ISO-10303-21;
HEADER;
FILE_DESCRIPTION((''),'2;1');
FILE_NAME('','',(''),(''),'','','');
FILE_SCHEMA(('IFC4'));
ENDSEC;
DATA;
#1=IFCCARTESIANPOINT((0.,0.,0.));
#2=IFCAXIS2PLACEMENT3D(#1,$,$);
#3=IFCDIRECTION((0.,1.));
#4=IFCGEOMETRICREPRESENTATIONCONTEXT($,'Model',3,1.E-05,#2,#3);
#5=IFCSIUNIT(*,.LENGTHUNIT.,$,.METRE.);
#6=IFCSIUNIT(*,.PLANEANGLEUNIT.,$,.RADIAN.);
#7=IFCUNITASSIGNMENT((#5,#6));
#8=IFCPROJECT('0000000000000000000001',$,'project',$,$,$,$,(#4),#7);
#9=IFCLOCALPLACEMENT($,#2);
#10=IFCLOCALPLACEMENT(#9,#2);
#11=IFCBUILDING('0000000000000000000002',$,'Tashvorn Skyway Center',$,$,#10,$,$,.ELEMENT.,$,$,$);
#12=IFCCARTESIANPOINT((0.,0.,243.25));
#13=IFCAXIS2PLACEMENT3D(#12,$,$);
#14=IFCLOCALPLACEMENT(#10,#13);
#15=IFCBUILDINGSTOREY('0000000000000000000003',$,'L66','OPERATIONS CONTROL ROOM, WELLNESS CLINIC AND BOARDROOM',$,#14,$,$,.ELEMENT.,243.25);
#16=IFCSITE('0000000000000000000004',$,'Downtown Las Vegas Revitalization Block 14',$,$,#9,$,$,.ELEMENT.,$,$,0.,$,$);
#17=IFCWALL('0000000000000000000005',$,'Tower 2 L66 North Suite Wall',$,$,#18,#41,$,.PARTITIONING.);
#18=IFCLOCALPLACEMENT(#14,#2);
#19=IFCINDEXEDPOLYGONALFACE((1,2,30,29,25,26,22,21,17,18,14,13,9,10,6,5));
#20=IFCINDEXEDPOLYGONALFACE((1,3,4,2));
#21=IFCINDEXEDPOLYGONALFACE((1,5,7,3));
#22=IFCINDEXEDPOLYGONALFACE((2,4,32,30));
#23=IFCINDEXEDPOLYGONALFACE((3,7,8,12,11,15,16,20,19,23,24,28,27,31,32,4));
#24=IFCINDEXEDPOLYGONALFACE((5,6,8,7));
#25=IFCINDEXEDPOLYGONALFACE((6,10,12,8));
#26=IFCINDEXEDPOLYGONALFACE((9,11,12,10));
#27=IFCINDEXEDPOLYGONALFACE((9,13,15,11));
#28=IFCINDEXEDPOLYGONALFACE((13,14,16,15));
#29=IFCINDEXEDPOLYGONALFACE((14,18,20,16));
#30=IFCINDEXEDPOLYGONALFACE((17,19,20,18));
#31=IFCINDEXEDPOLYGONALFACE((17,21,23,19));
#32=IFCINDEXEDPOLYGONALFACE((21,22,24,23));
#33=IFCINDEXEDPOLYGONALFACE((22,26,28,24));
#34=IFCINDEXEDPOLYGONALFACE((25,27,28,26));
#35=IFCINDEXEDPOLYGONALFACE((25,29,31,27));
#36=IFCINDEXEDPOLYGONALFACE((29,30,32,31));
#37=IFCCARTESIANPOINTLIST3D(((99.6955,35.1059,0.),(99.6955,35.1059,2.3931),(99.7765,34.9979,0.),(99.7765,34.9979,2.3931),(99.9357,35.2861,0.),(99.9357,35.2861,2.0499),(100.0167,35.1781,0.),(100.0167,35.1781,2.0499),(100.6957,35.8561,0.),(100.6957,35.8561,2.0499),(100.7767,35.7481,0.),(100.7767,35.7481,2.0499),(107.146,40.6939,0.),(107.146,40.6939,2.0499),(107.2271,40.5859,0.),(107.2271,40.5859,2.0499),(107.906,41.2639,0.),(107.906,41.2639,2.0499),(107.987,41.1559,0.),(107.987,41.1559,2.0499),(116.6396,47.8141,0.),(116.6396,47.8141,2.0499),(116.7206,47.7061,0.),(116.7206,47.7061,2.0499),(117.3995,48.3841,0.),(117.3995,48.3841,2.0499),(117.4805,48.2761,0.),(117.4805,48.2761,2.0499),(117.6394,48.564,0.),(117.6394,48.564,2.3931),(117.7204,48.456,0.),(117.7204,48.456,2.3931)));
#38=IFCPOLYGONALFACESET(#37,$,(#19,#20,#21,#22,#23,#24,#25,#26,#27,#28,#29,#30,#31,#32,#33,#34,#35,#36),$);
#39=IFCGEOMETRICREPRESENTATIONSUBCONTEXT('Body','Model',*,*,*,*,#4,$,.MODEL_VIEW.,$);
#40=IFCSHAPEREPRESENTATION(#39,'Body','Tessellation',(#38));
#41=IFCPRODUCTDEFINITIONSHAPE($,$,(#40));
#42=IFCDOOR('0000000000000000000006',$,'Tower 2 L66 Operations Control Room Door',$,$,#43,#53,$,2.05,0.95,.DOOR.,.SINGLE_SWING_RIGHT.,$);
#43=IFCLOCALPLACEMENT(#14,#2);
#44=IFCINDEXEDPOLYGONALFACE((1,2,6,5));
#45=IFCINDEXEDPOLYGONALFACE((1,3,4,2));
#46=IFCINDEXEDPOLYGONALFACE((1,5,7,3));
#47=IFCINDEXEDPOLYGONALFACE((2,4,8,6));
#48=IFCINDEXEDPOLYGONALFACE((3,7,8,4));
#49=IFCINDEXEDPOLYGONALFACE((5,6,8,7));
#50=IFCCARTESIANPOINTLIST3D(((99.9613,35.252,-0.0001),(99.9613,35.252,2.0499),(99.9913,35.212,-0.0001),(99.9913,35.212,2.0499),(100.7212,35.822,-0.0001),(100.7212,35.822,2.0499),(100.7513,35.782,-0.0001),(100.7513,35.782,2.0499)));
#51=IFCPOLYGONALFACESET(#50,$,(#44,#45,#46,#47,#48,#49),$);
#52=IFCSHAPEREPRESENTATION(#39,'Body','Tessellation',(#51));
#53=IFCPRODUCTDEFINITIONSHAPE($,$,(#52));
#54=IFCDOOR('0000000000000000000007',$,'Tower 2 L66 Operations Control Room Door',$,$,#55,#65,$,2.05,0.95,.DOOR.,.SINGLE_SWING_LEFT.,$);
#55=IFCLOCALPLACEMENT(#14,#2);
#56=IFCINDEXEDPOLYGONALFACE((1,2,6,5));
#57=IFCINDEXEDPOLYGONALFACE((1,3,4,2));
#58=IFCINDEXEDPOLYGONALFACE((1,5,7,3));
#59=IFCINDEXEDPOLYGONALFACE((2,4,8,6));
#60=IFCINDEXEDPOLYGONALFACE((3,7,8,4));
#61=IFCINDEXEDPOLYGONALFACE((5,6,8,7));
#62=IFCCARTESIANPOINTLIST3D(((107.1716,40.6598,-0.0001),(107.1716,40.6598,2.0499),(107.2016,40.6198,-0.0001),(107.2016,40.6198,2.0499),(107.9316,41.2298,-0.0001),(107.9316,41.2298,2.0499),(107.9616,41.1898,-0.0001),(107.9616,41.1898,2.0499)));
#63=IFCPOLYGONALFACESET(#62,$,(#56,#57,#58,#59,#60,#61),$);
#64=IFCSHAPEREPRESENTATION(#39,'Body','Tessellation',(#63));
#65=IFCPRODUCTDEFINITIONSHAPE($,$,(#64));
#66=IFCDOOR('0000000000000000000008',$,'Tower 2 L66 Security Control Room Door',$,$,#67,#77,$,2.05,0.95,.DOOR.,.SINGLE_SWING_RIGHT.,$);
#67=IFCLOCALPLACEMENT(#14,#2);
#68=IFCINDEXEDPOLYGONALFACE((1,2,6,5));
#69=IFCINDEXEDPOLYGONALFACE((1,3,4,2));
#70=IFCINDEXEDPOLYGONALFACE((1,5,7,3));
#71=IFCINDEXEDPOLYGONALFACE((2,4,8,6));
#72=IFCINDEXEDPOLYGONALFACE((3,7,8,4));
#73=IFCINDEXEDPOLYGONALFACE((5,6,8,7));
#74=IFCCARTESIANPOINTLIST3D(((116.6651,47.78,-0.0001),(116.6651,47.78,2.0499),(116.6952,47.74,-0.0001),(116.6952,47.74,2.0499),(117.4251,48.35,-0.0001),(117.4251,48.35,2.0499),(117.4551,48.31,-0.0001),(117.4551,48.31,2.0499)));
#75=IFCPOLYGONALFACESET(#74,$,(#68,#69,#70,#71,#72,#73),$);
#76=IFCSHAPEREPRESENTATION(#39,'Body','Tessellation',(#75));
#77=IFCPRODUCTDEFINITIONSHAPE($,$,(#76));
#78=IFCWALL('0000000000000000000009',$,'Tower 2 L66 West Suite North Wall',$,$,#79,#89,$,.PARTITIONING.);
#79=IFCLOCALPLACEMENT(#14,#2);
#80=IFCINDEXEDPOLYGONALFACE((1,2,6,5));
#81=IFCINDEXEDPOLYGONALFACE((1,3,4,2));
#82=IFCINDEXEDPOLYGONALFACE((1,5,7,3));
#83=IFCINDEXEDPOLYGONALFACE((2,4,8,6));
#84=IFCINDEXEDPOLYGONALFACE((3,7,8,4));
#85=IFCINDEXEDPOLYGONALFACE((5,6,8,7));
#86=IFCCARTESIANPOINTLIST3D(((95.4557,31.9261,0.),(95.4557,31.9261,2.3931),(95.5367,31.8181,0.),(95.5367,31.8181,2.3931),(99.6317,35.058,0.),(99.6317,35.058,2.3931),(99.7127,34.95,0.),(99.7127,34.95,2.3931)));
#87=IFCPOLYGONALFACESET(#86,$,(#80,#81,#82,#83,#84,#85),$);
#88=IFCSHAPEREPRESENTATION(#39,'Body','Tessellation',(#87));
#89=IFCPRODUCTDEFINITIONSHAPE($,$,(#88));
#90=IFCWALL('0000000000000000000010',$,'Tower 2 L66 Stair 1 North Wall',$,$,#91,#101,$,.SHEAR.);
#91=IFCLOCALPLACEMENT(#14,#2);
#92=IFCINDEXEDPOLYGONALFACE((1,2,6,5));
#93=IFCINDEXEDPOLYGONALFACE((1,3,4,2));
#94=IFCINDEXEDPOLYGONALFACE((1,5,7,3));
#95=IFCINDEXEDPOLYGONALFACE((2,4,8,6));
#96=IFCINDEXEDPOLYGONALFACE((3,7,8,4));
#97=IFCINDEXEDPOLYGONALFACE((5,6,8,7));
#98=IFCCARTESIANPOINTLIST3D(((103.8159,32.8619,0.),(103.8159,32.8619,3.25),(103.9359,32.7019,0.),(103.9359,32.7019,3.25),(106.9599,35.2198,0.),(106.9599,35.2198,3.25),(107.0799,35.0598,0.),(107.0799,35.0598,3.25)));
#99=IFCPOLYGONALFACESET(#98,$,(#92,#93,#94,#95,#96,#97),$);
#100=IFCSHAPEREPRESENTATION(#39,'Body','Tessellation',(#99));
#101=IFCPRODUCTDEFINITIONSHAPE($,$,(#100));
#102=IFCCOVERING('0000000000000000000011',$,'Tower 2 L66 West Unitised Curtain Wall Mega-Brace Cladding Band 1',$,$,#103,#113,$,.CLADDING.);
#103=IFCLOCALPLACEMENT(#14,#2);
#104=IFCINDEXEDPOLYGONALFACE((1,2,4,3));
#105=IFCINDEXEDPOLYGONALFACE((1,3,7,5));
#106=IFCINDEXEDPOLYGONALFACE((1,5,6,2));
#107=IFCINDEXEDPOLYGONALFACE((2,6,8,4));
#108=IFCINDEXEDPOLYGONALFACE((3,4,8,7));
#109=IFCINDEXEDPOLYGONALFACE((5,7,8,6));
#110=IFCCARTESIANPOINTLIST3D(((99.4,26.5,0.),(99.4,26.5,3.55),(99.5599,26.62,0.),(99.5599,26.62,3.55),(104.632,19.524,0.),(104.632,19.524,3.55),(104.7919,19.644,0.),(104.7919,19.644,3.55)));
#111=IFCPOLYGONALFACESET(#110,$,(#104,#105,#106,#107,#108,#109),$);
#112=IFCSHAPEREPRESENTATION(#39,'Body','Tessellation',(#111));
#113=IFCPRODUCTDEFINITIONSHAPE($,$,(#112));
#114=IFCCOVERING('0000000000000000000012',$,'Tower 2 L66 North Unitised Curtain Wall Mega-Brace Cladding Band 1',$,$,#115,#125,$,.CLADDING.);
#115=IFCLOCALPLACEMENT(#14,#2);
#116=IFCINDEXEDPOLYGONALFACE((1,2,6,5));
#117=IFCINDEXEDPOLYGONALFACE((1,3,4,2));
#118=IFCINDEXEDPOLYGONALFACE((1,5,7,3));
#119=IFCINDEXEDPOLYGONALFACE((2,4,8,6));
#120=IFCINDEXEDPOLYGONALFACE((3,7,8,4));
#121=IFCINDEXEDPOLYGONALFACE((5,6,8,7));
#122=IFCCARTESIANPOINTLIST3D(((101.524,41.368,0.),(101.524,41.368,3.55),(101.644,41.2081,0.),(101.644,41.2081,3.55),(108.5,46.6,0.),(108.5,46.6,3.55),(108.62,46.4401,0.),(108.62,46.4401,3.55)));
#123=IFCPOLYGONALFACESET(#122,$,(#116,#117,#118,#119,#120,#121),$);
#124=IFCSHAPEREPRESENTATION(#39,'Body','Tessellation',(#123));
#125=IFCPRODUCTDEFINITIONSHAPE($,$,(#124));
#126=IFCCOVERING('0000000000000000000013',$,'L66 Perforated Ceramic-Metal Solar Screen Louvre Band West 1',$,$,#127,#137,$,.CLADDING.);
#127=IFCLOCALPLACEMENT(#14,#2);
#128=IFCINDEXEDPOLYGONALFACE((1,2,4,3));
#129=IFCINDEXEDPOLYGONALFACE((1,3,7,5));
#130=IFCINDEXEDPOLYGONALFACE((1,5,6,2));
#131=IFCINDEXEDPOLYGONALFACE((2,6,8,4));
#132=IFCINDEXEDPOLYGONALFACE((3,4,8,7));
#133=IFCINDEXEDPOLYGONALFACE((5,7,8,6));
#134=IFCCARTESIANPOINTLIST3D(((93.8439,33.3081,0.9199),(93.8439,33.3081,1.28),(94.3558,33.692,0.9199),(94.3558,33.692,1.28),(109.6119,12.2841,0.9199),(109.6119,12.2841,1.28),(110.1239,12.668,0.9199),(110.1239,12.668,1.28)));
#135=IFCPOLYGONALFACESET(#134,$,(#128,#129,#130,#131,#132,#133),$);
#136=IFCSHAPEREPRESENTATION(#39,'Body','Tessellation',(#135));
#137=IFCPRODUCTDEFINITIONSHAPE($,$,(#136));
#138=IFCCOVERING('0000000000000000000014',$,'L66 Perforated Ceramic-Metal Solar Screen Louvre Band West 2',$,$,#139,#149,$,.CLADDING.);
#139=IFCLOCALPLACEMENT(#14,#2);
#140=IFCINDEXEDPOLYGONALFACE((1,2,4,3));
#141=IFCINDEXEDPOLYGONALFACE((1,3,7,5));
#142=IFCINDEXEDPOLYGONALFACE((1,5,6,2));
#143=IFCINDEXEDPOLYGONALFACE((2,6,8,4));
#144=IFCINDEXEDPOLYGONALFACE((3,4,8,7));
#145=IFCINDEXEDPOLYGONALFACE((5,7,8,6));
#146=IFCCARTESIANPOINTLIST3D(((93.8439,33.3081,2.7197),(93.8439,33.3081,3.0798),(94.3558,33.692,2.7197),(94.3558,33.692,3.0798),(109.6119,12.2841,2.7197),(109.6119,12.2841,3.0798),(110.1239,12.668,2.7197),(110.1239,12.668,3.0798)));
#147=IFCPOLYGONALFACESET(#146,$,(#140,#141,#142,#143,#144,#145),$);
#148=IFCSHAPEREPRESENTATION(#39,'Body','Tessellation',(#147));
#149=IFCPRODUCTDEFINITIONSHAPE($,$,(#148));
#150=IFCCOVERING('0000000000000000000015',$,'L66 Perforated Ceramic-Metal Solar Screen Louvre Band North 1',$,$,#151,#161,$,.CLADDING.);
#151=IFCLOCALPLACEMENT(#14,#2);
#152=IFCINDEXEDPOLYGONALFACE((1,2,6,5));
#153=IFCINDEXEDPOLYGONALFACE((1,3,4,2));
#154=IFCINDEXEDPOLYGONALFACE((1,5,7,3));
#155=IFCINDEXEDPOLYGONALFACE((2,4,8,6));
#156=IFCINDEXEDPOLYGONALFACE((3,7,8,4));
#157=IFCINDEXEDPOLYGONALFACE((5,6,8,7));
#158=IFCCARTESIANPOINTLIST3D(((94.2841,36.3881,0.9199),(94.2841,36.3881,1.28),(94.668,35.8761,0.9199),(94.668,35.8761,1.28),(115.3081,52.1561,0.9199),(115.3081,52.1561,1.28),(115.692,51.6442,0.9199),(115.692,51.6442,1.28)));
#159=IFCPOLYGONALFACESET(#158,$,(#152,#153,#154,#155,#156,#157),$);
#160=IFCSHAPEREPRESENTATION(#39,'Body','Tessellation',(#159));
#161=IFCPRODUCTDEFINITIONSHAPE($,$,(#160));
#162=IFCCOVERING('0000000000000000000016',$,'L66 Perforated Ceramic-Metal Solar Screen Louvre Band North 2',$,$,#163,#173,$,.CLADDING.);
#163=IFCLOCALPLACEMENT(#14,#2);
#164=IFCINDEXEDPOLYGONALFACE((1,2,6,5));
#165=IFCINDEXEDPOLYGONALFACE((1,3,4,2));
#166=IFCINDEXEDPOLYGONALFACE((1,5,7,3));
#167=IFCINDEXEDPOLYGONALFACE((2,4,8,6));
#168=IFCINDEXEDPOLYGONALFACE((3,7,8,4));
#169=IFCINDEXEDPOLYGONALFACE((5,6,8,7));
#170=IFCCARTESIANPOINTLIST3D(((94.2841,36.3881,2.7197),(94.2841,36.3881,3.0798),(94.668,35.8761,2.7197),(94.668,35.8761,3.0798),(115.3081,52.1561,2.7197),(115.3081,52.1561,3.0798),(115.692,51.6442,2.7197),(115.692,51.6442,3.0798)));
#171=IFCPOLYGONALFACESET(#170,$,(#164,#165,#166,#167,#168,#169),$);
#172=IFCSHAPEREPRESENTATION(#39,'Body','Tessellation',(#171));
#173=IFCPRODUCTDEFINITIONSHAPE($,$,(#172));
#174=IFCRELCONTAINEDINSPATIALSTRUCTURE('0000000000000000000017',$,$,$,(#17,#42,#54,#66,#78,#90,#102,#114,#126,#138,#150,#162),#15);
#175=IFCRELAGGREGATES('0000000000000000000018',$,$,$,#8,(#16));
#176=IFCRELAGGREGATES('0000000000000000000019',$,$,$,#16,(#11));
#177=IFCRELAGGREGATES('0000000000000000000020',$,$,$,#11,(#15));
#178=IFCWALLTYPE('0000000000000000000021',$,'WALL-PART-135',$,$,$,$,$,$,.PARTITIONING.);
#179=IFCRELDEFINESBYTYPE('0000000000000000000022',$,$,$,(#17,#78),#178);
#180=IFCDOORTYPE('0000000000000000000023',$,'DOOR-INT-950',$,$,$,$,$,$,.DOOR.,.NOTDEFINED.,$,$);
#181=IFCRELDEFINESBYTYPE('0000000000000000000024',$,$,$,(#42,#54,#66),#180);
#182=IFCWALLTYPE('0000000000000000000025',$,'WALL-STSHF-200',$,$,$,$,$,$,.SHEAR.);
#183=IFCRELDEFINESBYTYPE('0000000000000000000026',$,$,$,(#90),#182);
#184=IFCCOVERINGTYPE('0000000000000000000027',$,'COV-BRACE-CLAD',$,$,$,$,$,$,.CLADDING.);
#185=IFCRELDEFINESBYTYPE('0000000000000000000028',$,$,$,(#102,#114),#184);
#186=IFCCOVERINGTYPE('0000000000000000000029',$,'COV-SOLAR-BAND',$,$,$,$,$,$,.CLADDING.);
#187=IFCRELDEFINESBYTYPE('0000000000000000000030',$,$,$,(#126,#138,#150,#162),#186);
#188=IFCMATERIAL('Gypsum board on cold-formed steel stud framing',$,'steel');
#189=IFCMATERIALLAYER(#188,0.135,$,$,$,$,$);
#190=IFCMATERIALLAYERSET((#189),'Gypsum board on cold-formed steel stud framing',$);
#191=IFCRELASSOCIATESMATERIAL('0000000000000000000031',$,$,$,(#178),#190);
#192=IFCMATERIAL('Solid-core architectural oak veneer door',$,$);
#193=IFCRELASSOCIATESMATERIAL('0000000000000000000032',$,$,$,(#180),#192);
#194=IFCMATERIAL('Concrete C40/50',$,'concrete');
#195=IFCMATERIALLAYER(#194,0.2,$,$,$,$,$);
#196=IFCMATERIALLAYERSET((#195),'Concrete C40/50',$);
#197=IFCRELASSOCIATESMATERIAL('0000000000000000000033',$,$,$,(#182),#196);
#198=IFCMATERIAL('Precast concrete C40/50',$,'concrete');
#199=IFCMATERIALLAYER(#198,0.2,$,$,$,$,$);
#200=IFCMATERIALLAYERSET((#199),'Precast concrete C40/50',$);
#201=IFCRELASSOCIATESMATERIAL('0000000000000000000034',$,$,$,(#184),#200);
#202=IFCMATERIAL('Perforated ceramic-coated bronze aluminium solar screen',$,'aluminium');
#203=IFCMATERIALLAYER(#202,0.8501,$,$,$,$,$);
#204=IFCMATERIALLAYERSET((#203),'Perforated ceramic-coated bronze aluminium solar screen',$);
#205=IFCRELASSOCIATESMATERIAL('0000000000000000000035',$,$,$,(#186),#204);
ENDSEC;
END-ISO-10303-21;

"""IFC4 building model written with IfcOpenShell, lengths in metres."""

from ifc_helpers import new_model, si_unit, direction, frame, frame_2d, origin, origin_2d, place, context, subcontext, project, spatial, rectangle, extrude, material, layer, layer_set, type_object, element, fill, save


model = new_model("IFC4")

# Units and contexts
model_context = context("Model", 3, precision=1e-05, world=origin(), true_north=direction((0.0, 1.0)))
body_context = subcontext(model_context, "Body", "Model", "MODEL_VIEW")
ifc_project = project(units=[si_unit("LENGTHUNIT", "METRE"), si_unit("PLANEANGLEUNIT", "RADIAN")], contexts=[model_context])

# Site, building, storey
site_placement = place(None, origin())
site = spatial("IfcSite", under=ifc_project, at=site_placement, Name="Downtown Las Vegas Revitalization Block 14", CompositionType="ELEMENT", RefElevation=0.0)
building_placement = place(site_placement, origin())
building = spatial("IfcBuilding", under=site, at=building_placement, Name="Tashvorn Skyway Center", CompositionType="ELEMENT")
storey_placement = place(building_placement, frame((0.0, 0.0, 243.25)))
storey = spatial("IfcBuildingStorey", under=building, at=storey_placement, Name="L66", Description="OPERATIONS CONTROL ROOM, WELLNESS CLINIC AND BOARDROOM", CompositionType="ELEMENT", Elevation=243.25)

# Shared definitions
ifc_material_1 = material(Name="Gypsum board on cold-formed steel stud framing", Category="steel")

# Wall, openings, doors
ifc_layer_1 = layer(ifc_material_1, 0.135)
ifc_layer_set_1 = layer_set([ifc_layer_1], Name="Gypsum board on cold-formed steel stud framing")
wall_type_1 = type_object("IfcWallType", Name="WALL-PART-135", PredefinedType="PARTITIONING", material=ifc_layer_set_1)
wall_1_placement = place(storey_placement, frame((99.7361, 35.052, 0.0), z_axis=(0.0, 0.0, 1.0), x_axis=(0.799997, 0.600003, 0.0)))
wall_1 = element("IfcWall", 1, at=wall_1_placement, inside=storey, type_object=wall_type_1, Name="Tower 2 L66 North Suite Wall", PredefinedType="PARTITIONING", context=body_context, shape_type="SweptSolid", body=[
    extrude(rectangle(XDim=22.4299, YDim=0.135, at=frame_2d((11.2148, 0.0))), origin(), (0.0, 0.0, 1.0), 2.3931),
])
opening_1_placement = place(wall_1_placement, frame((0.3, 0.0, 0.0)))
opening_1 = element("IfcOpeningElement", 2, at=opening_1_placement, cuts=wall_1, PredefinedType="OPENING", context=body_context, shape_type="SweptSolid", body=[
    extrude(rectangle(XDim=0.95, YDim=2.05, at=frame_2d((0.4751, 1.0249))), frame((0.0, 0.0774, 0.0), z_axis=(0.0, -1.0, 0.0), x_axis=(1.0, 0.0, 0.0)), (0.0, 0.0, 1.0), 0.155),
])
opening_2_placement = place(wall_1_placement, frame((9.313, 0.0, 0.0)))
opening_2 = element("IfcOpeningElement", 3, at=opening_2_placement, cuts=wall_1, PredefinedType="OPENING", context=body_context, shape_type="SweptSolid", body=[
    extrude(rectangle(XDim=0.95, YDim=2.05, at=frame_2d((0.4751, 1.0249))), frame((0.0, 0.0774, 0.0), z_axis=(0.0, -1.0, 0.0), x_axis=(1.0, 0.0, 0.0)), (0.0, 0.0, 1.0), 0.155),
])
opening_3_placement = place(wall_1_placement, frame((21.1799, 0.0, 0.0)))
opening_3 = element("IfcOpeningElement", 4, at=opening_3_placement, cuts=wall_1, PredefinedType="OPENING", context=body_context, shape_type="SweptSolid", body=[
    extrude(rectangle(XDim=0.95, YDim=2.05, at=frame_2d((0.4751, 1.0249))), frame((0.0, 0.0774, 0.0), z_axis=(0.0, -1.0, 0.0), x_axis=(1.0, 0.0, 0.0)), (0.0, 0.0, 1.0), 0.155),
])
ifc_material_2 = material(Name="Solid-core architectural oak veneer door")
door_type_1 = type_object("IfcDoorType", Name="DOOR-INT-950", OperationType="NOTDEFINED", PredefinedType="DOOR", material=ifc_material_2)
door_1_placement = place(opening_1_placement, origin())
door_1 = element("IfcDoor", 5, at=door_1_placement, inside=storey, type_object=door_type_1, Name="Tower 2 L66 Operations Control Room Door", OperationType="SINGLE_SWING_RIGHT", OverallHeight=2.05, OverallWidth=0.95, PredefinedType="DOOR", context=body_context, shape_type="SweptSolid", body=[
    extrude(rectangle(XDim=0.95, YDim=2.05, at=frame_2d((0.4751, 1.0249))), frame((0.0, 0.0249, 0.0), z_axis=(0.0, -1.0, 0.0), x_axis=(1.0, 0.0, 0.0)), (0.0, 0.0, 1.0), 0.05),
])
fill(opening_1, door_1)
door_2_placement = place(opening_2_placement, origin())
door_2 = element("IfcDoor", 6, at=door_2_placement, inside=storey, type_object=door_type_1, Name="Tower 2 L66 Operations Control Room Door", OperationType="SINGLE_SWING_LEFT", OverallHeight=2.05, OverallWidth=0.95, PredefinedType="DOOR", context=body_context, shape_type="SweptSolid", body=[
    extrude(rectangle(XDim=0.95, YDim=2.05, at=frame_2d((0.4751, 1.0249))), frame((0.0, 0.0249, 0.0), z_axis=(0.0, -1.0, 0.0), x_axis=(1.0, 0.0, 0.0)), (0.0, 0.0, 1.0), 0.05),
])
fill(opening_2, door_2)
door_3_placement = place(opening_3_placement, origin())
door_3 = element("IfcDoor", 7, at=door_3_placement, inside=storey, type_object=door_type_1, Name="Tower 2 L66 Security Control Room Door", OperationType="SINGLE_SWING_RIGHT", OverallHeight=2.05, OverallWidth=0.95, PredefinedType="DOOR", context=body_context, shape_type="SweptSolid", body=[
    extrude(rectangle(XDim=0.95, YDim=2.05, at=frame_2d((0.4751, 1.0249))), frame((0.0, 0.0249, 0.0), z_axis=(0.0, -1.0, 0.0), x_axis=(1.0, 0.0, 0.0)), (0.0, 0.0, 1.0), 0.05),
])
fill(opening_3, door_3)

# Walls
wall_2_placement = place(storey_placement, frame((99.6721, 35.0039, 0.0), z_axis=(0.0, 0.0, 1.0), x_axis=(-0.800017, -0.599978, 0.0)))
element("IfcWall", 8, at=wall_2_placement, inside=storey, type_object=wall_type_1, Name="Tower 2 L66 West Suite North Wall", PredefinedType="PARTITIONING", context=body_context, shape_type="SweptSolid", body=[
    extrude(rectangle(XDim=5.22, YDim=0.135, at=frame_2d((2.6099, 0.0))), origin(), (0.0, 0.0, 1.0), 2.3931),
])
ifc_material_3 = material(Name="Concrete C40/50", Category="concrete")
ifc_layer_2 = layer(ifc_material_3, 0.2)
ifc_layer_set_2 = layer_set([ifc_layer_2], Name="Concrete C40/50")
wall_type_2 = type_object("IfcWallType", Name="WALL-STSHF-200", PredefinedType="SHEAR", material=ifc_layer_set_2)
wall_3_placement = place(storey_placement, frame((103.876, 32.782, 0.0), z_axis=(0.0, 0.0, 1.0), x_axis=(0.800015, 0.59998, 0.0)))
element("IfcWall", 9, at=wall_3_placement, inside=storey, type_object=wall_type_2, Name="Tower 2 L66 Stair 1 North Wall", PredefinedType="SHEAR", context=body_context, shape_type="SweptSolid", body=[
    extrude(rectangle(XDim=3.9299, YDim=0.2, at=frame_2d((1.9648, 0.0))), origin(), (0.0, 0.0, 1.0), 3.25),
])

# Coverings
ifc_material_4 = material(Name="Precast concrete C40/50", Category="concrete")
ifc_layer_3 = layer(ifc_material_4, 0.2)
ifc_layer_set_3 = layer_set([ifc_layer_3], Name="Precast concrete C40/50")
covering_type_1 = type_object("IfcCoveringType", Name="COV-BRACE-CLAD", PredefinedType="CLADDING", material=ifc_layer_set_3)
for number, where, z_axis, x_axis, name in (
    (10, (102.0959, 23.072, 0.0), (0.0, 0.0, 1.0), (-0.6, 0.8, 0.0), "Tower 2 L66 West Unitised Curtain Wall Mega-Brace Cladding Band 1"),
    (11, (105.072, 43.9041, 0.0), (0.0, 0.0, 1.0), (0.8, 0.6, 0.0), "Tower 2 L66 North Unitised Curtain Wall Mega-Brace Cladding Band 1"),
):
    element("IfcCovering", number, at=place(storey_placement, frame(where, z_axis=z_axis, x_axis=x_axis)), inside=storey, type_object=covering_type_1, Name=name, PredefinedType="CLADDING", context=body_context, shape_type="SweptSolid", body=[
        extrude(rectangle(XDim=8.72, YDim=0.2, at=origin_2d()), origin(), (0.0, 0.0, 1.0), 3.55),
    ])
ifc_material_5 = material(Name="Perforated ceramic-coated bronze aluminium solar screen", Category="aluminium")
ifc_layer_4 = layer(ifc_material_5, 0.8501)
ifc_layer_set_4 = layer_set([ifc_layer_4], Name="Perforated ceramic-coated bronze aluminium solar screen")
covering_type_2 = type_object("IfcCoveringType", Name="COV-SOLAR-BAND", PredefinedType="CLADDING", material=ifc_layer_set_4)
for number, where, z_axis, x_axis, name in (
    (12, (101.9839, 22.988, 0.9199), (0.0, 0.0, 1.0), (-0.6, 0.8, 0.0), "L66 Perforated Ceramic-Metal Solar Screen Louvre Band West 1"),
    (13, (101.9839, 22.988, 2.7197), (0.0, 0.0, 1.0), (-0.6, 0.8, 0.0), "L66 Perforated Ceramic-Metal Solar Screen Louvre Band West 2"),
    (14, (104.988, 44.0161, 0.9199), (0.0, 0.0, 1.0), (0.8, 0.6, 0.0), "L66 Perforated Ceramic-Metal Solar Screen Louvre Band North 1"),
    (15, (104.988, 44.0161, 2.7197), (0.0, 0.0, 1.0), (0.8, 0.6, 0.0), "L66 Perforated Ceramic-Metal Solar Screen Louvre Band North 2"),
):
    element("IfcCovering", number, at=place(storey_placement, frame(where, z_axis=z_axis, x_axis=x_axis)), inside=storey, type_object=covering_type_2, Name=name, PredefinedType="CLADDING", context=body_context, shape_type="SweptSolid", body=[
        extrude(rectangle(XDim=26.28, YDim=0.6399, at=origin_2d()), origin(), (0.0, 0.0, 1.0), 0.3601),
    ])

save(model, "model.ifc")
